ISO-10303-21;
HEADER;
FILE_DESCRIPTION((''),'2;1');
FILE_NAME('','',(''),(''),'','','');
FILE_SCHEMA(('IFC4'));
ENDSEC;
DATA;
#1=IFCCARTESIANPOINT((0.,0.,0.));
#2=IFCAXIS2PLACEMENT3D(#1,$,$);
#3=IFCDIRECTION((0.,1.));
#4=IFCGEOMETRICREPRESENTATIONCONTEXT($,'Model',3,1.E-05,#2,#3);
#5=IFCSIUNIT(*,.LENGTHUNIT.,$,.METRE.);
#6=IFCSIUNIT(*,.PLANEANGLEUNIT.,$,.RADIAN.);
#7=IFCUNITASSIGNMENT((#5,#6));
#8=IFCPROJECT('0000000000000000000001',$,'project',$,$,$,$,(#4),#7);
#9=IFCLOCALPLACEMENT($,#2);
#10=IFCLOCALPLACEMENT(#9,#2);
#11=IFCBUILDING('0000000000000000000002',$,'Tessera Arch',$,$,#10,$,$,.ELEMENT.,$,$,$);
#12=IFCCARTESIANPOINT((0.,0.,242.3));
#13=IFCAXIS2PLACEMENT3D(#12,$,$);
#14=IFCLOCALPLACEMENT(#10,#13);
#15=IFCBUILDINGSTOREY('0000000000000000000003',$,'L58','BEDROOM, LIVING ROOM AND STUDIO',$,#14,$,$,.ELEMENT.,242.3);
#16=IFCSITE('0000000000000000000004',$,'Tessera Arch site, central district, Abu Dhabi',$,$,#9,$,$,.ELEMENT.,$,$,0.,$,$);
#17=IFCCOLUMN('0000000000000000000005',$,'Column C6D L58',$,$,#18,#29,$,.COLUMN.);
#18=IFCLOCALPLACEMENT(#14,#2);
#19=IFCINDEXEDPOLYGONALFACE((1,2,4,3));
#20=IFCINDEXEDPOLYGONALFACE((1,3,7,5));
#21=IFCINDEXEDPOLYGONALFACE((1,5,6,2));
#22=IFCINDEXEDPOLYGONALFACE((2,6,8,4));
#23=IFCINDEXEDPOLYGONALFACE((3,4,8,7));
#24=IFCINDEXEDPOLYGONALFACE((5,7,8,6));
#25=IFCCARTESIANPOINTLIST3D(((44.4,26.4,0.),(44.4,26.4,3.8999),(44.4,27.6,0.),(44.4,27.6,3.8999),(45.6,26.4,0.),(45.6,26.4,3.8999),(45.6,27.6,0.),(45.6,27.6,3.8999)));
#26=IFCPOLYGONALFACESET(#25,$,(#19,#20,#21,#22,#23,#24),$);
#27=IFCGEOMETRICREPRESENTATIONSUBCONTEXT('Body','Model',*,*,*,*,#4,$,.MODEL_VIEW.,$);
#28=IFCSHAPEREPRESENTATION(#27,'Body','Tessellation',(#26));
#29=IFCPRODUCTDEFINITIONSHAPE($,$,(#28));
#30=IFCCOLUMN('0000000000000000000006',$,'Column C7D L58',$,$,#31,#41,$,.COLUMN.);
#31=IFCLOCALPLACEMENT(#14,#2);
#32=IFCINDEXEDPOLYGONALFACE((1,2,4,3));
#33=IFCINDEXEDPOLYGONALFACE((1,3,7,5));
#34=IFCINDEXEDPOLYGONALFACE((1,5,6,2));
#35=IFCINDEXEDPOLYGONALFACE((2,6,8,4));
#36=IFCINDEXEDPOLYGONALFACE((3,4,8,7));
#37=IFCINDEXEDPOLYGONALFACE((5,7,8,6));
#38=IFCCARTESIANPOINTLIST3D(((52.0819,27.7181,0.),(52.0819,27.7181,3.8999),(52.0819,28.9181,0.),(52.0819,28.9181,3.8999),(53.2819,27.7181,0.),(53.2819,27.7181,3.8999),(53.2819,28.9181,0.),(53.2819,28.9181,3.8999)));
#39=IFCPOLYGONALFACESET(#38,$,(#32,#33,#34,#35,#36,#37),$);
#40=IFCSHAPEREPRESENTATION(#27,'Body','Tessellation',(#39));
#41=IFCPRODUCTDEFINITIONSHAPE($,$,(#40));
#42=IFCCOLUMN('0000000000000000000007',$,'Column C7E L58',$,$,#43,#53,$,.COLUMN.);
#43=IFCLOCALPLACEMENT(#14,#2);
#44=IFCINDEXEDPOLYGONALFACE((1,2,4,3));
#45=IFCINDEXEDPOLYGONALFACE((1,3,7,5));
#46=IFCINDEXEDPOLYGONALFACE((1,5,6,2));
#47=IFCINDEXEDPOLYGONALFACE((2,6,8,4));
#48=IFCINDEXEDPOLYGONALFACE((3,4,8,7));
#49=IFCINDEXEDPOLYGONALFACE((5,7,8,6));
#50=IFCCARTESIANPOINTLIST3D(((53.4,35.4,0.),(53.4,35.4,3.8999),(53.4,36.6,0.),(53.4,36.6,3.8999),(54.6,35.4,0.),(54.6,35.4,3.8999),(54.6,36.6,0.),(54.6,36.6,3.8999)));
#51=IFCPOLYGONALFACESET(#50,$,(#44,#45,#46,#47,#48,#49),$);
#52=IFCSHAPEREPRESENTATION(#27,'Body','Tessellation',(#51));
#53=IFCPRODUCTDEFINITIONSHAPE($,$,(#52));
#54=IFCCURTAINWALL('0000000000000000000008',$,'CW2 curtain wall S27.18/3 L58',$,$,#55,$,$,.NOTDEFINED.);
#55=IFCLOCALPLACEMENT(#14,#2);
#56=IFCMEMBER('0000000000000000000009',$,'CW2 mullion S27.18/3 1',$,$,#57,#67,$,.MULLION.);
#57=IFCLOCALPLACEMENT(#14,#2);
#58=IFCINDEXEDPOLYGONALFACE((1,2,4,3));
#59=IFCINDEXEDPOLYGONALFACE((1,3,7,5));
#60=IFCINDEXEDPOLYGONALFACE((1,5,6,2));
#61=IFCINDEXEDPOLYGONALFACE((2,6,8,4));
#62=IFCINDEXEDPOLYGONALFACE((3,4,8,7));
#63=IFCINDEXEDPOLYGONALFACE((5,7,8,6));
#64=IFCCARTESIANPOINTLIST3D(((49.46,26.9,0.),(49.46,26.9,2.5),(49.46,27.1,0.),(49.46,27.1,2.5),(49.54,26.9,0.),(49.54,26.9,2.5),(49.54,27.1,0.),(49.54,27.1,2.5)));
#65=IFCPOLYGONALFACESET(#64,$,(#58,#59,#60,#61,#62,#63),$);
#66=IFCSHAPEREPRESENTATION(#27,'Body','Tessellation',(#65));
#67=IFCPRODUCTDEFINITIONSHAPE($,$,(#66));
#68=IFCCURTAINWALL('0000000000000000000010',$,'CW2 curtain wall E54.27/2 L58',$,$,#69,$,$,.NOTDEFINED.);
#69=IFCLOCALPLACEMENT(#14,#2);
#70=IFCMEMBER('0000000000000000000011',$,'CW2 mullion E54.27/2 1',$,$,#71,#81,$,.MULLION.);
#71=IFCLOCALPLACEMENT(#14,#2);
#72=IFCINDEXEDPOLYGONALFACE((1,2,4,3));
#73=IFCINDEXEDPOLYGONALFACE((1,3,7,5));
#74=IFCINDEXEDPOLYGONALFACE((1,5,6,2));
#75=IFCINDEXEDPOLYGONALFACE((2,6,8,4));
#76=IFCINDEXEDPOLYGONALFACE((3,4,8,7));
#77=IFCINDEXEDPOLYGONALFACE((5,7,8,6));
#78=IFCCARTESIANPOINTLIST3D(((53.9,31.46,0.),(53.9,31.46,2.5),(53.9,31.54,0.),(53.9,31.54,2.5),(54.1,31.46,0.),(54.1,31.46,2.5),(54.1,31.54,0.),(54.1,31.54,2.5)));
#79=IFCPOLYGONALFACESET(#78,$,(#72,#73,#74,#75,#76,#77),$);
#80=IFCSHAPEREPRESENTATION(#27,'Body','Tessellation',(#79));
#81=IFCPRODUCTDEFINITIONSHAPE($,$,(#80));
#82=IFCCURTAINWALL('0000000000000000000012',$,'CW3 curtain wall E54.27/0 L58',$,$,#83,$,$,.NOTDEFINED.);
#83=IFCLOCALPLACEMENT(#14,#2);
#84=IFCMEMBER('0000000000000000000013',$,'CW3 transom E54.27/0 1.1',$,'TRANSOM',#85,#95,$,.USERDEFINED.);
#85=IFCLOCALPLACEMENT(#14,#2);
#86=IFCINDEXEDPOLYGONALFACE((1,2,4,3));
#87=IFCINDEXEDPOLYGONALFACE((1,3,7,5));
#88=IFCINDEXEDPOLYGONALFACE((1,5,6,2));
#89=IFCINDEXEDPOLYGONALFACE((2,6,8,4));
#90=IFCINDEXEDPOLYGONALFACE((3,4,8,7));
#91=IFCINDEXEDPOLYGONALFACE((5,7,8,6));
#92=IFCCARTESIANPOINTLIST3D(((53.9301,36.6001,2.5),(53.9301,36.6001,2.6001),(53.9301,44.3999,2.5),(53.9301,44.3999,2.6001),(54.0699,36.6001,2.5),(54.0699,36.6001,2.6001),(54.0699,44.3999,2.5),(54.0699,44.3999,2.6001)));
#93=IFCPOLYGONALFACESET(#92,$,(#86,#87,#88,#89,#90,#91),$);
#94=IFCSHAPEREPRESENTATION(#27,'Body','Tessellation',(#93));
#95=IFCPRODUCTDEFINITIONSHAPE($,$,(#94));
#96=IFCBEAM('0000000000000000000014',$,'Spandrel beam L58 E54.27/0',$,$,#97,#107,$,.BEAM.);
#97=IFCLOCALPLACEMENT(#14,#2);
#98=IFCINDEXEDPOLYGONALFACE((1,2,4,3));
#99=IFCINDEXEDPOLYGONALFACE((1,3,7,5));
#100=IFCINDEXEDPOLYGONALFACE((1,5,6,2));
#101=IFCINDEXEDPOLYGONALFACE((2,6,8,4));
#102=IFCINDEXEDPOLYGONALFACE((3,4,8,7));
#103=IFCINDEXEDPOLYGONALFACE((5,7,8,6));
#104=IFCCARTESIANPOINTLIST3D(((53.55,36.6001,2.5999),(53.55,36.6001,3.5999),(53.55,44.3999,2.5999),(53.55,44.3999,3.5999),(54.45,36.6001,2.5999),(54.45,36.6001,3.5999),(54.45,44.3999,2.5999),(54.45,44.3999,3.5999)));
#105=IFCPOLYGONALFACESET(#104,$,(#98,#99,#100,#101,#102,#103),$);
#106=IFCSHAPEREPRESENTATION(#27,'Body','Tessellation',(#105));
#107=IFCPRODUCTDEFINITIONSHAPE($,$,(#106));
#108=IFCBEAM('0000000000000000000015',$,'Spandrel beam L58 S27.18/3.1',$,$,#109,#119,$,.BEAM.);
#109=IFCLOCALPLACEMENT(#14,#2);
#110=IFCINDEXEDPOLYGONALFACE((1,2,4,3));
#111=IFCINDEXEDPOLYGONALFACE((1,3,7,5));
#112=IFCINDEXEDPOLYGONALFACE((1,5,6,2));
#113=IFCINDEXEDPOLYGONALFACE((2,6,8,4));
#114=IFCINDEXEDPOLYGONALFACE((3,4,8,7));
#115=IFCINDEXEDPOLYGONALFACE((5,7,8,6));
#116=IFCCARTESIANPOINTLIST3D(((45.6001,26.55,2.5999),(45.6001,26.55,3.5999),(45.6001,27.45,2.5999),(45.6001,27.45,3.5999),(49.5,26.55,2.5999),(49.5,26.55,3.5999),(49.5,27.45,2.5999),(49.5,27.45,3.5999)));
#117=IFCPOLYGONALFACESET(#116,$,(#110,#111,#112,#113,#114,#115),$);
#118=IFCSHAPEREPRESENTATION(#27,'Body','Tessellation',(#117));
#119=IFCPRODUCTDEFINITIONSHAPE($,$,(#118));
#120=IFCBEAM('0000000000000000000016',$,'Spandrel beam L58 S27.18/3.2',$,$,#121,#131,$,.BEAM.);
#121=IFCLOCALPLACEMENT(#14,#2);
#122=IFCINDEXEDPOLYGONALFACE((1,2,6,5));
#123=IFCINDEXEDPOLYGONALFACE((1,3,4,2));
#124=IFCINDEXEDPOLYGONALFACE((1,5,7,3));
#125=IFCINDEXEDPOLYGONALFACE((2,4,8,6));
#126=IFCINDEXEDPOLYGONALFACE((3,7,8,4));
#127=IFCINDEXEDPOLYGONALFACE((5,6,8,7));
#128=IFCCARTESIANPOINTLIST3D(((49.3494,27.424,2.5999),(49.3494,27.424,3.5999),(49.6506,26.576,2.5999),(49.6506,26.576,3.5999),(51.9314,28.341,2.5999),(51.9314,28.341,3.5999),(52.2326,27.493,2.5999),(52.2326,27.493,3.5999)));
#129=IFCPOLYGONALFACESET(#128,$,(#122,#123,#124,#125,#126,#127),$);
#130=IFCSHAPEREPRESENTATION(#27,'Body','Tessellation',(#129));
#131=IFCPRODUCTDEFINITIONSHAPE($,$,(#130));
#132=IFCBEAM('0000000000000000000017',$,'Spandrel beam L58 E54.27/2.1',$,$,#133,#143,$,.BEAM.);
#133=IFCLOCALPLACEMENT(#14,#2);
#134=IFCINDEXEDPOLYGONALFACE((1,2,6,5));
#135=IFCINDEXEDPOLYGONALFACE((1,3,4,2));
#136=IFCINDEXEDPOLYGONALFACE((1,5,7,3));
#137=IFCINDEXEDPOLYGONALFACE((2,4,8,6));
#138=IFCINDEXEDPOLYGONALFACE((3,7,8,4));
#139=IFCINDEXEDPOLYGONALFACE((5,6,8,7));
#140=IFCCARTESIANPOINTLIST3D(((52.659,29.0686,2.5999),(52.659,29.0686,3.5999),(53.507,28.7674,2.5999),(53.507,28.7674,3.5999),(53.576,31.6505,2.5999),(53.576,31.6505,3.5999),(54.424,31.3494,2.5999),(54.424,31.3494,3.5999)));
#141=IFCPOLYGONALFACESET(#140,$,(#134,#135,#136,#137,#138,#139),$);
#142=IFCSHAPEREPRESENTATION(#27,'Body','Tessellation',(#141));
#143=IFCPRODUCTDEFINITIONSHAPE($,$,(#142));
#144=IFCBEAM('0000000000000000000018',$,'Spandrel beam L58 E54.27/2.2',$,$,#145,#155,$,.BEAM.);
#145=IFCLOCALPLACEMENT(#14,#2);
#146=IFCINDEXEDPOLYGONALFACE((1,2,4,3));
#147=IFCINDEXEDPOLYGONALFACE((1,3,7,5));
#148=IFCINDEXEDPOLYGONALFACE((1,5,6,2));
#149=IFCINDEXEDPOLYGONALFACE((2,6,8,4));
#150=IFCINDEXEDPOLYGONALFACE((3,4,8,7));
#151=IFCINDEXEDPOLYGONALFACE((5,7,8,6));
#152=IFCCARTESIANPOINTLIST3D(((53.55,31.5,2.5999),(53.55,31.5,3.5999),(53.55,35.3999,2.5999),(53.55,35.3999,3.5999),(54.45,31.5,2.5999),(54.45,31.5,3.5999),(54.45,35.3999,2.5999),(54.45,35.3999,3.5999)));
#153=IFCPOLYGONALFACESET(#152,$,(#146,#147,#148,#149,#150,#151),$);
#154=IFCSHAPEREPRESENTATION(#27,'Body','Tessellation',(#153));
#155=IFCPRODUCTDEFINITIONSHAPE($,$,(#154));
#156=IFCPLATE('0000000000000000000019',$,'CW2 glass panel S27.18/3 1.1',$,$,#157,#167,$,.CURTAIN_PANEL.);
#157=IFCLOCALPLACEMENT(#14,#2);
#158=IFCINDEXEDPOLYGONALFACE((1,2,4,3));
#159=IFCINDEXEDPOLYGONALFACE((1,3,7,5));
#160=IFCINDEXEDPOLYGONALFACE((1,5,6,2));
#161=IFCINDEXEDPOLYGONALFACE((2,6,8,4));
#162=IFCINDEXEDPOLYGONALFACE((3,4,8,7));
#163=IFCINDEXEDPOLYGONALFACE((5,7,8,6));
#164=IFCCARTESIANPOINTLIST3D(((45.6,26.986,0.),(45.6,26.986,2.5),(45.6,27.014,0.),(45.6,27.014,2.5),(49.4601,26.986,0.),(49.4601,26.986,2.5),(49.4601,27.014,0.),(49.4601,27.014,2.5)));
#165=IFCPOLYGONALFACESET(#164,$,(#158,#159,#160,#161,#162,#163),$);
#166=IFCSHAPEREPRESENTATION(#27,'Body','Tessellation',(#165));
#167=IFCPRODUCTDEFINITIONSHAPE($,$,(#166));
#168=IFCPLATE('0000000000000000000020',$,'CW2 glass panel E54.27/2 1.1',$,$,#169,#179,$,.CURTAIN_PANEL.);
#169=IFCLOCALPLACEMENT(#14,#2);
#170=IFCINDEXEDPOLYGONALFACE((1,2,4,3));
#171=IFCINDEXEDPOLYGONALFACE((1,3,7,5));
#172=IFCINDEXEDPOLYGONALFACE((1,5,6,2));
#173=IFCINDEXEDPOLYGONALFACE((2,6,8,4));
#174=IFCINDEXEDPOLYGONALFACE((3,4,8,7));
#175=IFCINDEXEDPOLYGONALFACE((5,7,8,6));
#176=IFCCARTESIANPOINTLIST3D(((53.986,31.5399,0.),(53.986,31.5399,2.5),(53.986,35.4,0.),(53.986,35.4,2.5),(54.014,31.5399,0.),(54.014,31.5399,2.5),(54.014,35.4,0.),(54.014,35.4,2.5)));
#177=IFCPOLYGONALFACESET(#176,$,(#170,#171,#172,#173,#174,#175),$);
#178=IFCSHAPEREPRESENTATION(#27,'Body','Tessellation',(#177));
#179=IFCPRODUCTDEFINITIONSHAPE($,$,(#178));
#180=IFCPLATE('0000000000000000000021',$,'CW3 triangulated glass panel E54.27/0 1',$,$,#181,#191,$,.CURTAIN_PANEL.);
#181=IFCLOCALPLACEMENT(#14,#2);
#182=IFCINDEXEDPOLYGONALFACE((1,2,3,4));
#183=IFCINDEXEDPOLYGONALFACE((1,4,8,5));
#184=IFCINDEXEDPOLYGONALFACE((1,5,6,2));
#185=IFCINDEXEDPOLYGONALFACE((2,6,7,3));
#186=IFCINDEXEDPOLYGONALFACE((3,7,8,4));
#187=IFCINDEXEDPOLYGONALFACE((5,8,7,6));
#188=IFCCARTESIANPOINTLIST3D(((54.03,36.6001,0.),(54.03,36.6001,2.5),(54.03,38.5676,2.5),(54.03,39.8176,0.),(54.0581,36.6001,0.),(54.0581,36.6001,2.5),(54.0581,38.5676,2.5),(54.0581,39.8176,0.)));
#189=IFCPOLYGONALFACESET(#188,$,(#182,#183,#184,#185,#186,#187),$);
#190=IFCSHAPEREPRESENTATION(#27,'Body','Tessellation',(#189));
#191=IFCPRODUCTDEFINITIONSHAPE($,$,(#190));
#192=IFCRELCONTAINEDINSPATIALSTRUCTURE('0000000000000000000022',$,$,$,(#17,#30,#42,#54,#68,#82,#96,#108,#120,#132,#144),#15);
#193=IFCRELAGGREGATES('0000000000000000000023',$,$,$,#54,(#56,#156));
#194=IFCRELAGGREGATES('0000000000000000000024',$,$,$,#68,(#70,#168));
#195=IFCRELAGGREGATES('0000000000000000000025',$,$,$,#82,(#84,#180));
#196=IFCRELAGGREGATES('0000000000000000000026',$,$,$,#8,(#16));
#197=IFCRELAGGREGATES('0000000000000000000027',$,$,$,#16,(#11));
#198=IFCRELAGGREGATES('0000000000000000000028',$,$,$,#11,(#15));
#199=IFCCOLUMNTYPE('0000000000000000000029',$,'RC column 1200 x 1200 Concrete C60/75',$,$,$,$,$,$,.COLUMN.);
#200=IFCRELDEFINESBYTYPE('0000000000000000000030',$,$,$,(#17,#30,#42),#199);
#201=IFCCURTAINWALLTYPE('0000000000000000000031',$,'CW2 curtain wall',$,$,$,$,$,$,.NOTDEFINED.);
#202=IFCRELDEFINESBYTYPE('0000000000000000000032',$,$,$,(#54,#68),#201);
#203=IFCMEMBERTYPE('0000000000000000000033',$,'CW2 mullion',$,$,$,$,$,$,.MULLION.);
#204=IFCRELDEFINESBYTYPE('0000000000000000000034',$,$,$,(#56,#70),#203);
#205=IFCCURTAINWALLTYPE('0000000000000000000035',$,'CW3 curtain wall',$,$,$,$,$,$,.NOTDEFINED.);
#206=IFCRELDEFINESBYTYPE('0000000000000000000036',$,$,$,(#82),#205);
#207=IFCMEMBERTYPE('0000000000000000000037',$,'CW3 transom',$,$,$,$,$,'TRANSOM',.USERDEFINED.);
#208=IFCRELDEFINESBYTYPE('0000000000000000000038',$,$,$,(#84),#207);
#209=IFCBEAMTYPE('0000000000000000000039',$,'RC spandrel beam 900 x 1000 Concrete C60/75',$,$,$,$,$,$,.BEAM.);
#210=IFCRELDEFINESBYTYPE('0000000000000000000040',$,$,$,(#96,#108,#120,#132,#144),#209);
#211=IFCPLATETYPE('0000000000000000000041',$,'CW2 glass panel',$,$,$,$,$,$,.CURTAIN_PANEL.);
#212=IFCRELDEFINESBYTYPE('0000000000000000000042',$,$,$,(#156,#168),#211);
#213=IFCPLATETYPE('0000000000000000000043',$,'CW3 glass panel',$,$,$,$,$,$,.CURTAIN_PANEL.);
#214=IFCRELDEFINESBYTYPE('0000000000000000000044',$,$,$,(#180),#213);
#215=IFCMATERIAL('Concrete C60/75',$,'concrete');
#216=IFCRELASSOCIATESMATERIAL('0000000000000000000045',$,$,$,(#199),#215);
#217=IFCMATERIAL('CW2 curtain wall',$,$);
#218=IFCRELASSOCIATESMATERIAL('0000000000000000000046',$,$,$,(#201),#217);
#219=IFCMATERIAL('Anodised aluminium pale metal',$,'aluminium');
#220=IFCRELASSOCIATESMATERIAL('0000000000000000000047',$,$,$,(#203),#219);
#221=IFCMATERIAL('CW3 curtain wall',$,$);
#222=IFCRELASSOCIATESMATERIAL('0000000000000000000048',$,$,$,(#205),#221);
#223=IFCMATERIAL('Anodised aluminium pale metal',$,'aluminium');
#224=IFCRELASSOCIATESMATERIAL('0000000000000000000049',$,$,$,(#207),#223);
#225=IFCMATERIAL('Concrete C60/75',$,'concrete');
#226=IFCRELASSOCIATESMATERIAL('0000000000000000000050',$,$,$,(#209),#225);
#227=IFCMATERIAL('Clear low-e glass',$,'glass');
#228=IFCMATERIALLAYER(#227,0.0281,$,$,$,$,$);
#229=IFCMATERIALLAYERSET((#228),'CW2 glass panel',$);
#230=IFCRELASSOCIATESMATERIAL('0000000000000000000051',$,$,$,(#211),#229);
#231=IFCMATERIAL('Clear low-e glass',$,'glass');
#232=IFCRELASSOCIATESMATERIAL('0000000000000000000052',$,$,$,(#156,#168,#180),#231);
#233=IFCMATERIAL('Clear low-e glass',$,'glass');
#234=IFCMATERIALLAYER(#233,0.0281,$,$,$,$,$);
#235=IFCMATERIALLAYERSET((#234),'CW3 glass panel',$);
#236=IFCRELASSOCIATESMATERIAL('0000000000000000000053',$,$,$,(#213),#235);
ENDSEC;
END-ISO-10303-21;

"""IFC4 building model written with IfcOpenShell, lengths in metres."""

from ifc_helpers import new_model, si_unit, direction, frame, origin, origin_2d, place, context, subcontext, project, spatial, polyline, rectangle, outline, extrude, material, layer, layer_set, material_profile, profile_set, type_object, element, aggregate, save


model = new_model("IFC4")

# Units and contexts
model_context = context("Model", 3, precision=1e-05, world=origin(), true_north=direction((0.0, 1.0)))
body_context = subcontext(model_context, "Body", "Model", "MODEL_VIEW")
ifc_project = project(units=[si_unit("LENGTHUNIT", "METRE"), si_unit("PLANEANGLEUNIT", "RADIAN")], contexts=[model_context])

# Site, building, storey
site_placement = place(None, origin())
site = spatial("IfcSite", under=ifc_project, at=site_placement, Name="Tessera Arch site, central district, Abu Dhabi", CompositionType="ELEMENT", RefElevation=0.0)
building_placement = place(site_placement, origin())
building = spatial("IfcBuilding", under=site, at=building_placement, Name="Tessera Arch", CompositionType="ELEMENT")
storey_placement = place(building_placement, frame((0.0, 0.0, 242.3)))
storey = spatial("IfcBuildingStorey", under=building, at=storey_placement, Name="L58", Description="BEDROOM, LIVING ROOM AND STUDIO", CompositionType="ELEMENT", Elevation=242.3)

# Columns
ifc_material_1 = material(Name="Concrete C60/75", Category="concrete")
ifc_material_profile_1 = material_profile(ifc_material_1, rectangle(XDim=1.2, YDim=1.2, at=origin_2d()), Name="RC column 1200 x 1200 Concrete C60/75")
ifc_profile_set_1 = profile_set([ifc_material_profile_1], Name="Concrete C60/75")
column_type = type_object("IfcColumnType", Name="RC column 1200 x 1200 Concrete C60/75", PredefinedType="COLUMN", material=ifc_profile_set_1)
for number, where, z_axis, x_axis, name in (
    (1, (45.0, 27.0, 0.0), (0.0, 0.0, 1.0), (1.0, 0.0, 0.0), "Column C6D L58"),
    (2, (52.6819, 28.3181, 0.0), (0.0, 0.0, 1.0), (1.0, 0.0, 0.0), "Column C7D L58"),
    (3, (54.0, 36.0, 0.0), (0.0, 0.0, 1.0), (1.0, 0.0, 0.0), "Column C7E L58"),
):
    element("IfcColumn", number, at=place(storey_placement, frame(where, z_axis=z_axis, x_axis=x_axis)), inside=storey, type_object=column_type, Name=name, PredefinedType="COLUMN", context=body_context, shape_type="SweptSolid", body=[
        extrude(rectangle(XDim=1.2, YDim=1.2, at=origin_2d()), origin(), (0.0, 0.0, 1.0), 3.8999),
    ])

# Curtain walls, members
ifc_material_2 = material(Name="CW2 curtain wall")
curtain_wall_type_1 = type_object("IfcCurtainWallType", Name="CW2 curtain wall", PredefinedType="NOTDEFINED", material=ifc_material_2)
curtain_wall_1_placement = place(storey_placement, origin())
curtain_wall_1 = element("IfcCurtainWall", 4, at=curtain_wall_1_placement, inside=storey, type_object=curtain_wall_type_1, Name="CW2 curtain wall S27.18/3 L58", PredefinedType="NOTDEFINED")
ifc_material_3 = material(Name="Anodised aluminium pale metal", Category="aluminium")
ifc_material_profile_2 = material_profile(ifc_material_3, rectangle(XDim=0.2, YDim=0.0801, at=origin_2d()), Name="AL 80x200")
ifc_profile_set_2 = profile_set([ifc_material_profile_2], Name="Anodised aluminium pale metal")
member_type_1 = type_object("IfcMemberType", Name="CW2 mullion", PredefinedType="MULLION", material=ifc_profile_set_2)
member_1_placement = place(storey_placement, frame((49.5, 27.0, 0.0), z_axis=(0.0, 0.0, 1.0), x_axis=(0.0, 1.0, 0.0)))
member_1 = element("IfcMember", 5, at=member_1_placement, type_object=member_type_1, Name="CW2 mullion S27.18/3 1", PredefinedType="MULLION", context=body_context, shape_type="SweptSolid", body=[
    extrude(rectangle(XDim=0.2, YDim=0.0801, at=origin_2d()), origin(), (0.0, 0.0, 1.0), 2.5),
])
curtain_wall_2_placement = place(storey_placement, origin())
curtain_wall_2 = element("IfcCurtainWall", 6, at=curtain_wall_2_placement, inside=storey, type_object=curtain_wall_type_1, Name="CW2 curtain wall E54.27/2 L58", PredefinedType="NOTDEFINED")
member_2_placement = place(storey_placement, frame((54.0, 31.5, 0.0), z_axis=(0.0, 0.0, 1.0), x_axis=(-1.0, 0.0, 0.0)))
member_2 = element("IfcMember", 7, at=member_2_placement, type_object=member_type_1, Name="CW2 mullion E54.27/2 1", PredefinedType="MULLION", context=body_context, shape_type="SweptSolid", body=[
    extrude(rectangle(XDim=0.2, YDim=0.0801, at=origin_2d()), origin(), (0.0, 0.0, 1.0), 2.5),
])
ifc_material_4 = material(Name="CW3 curtain wall")
curtain_wall_type_2 = type_object("IfcCurtainWallType", Name="CW3 curtain wall", PredefinedType="NOTDEFINED", material=ifc_material_4)
curtain_wall_3_placement = place(storey_placement, origin())
curtain_wall_3 = element("IfcCurtainWall", 8, at=curtain_wall_3_placement, inside=storey, type_object=curtain_wall_type_2, Name="CW3 curtain wall E54.27/0 L58", PredefinedType="NOTDEFINED")
ifc_material_5 = material(Name="Anodised aluminium pale metal", Category="aluminium")
ifc_material_profile_3 = material_profile(ifc_material_5, rectangle(XDim=0.1399, YDim=0.1001, at=origin_2d()), Name="AL 140x100")
ifc_profile_set_3 = profile_set([ifc_material_profile_3], Name="Anodised aluminium pale metal")
member_type_2 = type_object("IfcMemberType", Name="CW3 transom", ElementType="TRANSOM", PredefinedType="USERDEFINED", material=ifc_profile_set_3)
member_3_placement = place(storey_placement, frame((54.0, 36.6001, 2.55), z_axis=(0.0, 1.0, 0.0), x_axis=(-1.0, 0.0, 0.0)))
member_3 = element("IfcMember", 9, at=member_3_placement, type_object=member_type_2, Name="CW3 transom E54.27/0 1.1", ObjectType="TRANSOM", PredefinedType="USERDEFINED", context=body_context, shape_type="SweptSolid", body=[
    extrude(rectangle(XDim=0.1399, YDim=0.1001, at=origin_2d()), origin(), (0.0, 0.0, 1.0), 7.7998),
])

# Beams
ifc_material_6 = material(Name="Concrete C60/75", Category="concrete")
ifc_material_profile_4 = material_profile(ifc_material_6, rectangle(XDim=0.8999, YDim=1.0, at=origin_2d()), Name="RC spandrel beam 900 x 1000 Concrete C60/75")
ifc_profile_set_4 = profile_set([ifc_material_profile_4], Name="Concrete C60/75")
beam_type = type_object("IfcBeamType", Name="RC spandrel beam 900 x 1000 Concrete C60/75", PredefinedType="BEAM", material=ifc_profile_set_4)
beam_1_placement = place(storey_placement, frame((54.0, 36.6001, 3.0999), z_axis=(0.0, 1.0, 0.0), x_axis=(-1.0, 0.0, 0.0)))
element("IfcBeam", 10, at=beam_1_placement, inside=storey, type_object=beam_type, Name="Spandrel beam L58 E54.27/0", PredefinedType="BEAM", context=body_context, shape_type="SweptSolid", body=[
    extrude(rectangle(XDim=0.8999, YDim=1.0, at=origin_2d()), origin(), (0.0, 0.0, 1.0), 7.7998),
])
beam_2_placement = place(storey_placement, frame((45.6001, 27.0, 3.0999), z_axis=(1.0, 0.0, 0.0), x_axis=(0.0, 1.0, 0.0)))
element("IfcBeam", 11, at=beam_2_placement, inside=storey, type_object=beam_type, Name="Spandrel beam L58 S27.18/3.1", PredefinedType="BEAM", context=body_context, shape_type="SweptSolid", body=[
    extrude(rectangle(XDim=0.8999, YDim=1.0, at=origin_2d()), origin(), (0.0, 0.0, 1.0), 3.8999),
])
for number, where, z_axis, x_axis, name in (
    (12, (49.5, 27.0, 3.0999), (0.942337, 0.334665, 0.0), (-0.334665, 0.942337, 0.0), "Spandrel beam L58 S27.18/3.2"),
    (13, (53.083, 28.918, 3.0999), (0.334665, 0.942337, 0.0), (-0.942337, 0.334665, 0.0), "Spandrel beam L58 E54.27/2.1"),
):
    element("IfcBeam", number, at=place(storey_placement, frame(where, z_axis=z_axis, x_axis=x_axis)), inside=storey, type_object=beam_type, Name=name, PredefinedType="BEAM", context=body_context, shape_type="SweptSolid", body=[
        extrude(rectangle(XDim=0.8999, YDim=1.0, at=origin_2d()), origin(), (0.0, 0.0, 1.0), 2.74),
    ])
beam_3_placement = place(storey_placement, frame((54.0, 31.5, 3.0999), z_axis=(0.0, 1.0, 0.0), x_axis=(-1.0, 0.0, 0.0)))
element("IfcBeam", 14, at=beam_3_placement, inside=storey, type_object=beam_type, Name="Spandrel beam L58 E54.27/2.2", PredefinedType="BEAM", context=body_context, shape_type="SweptSolid", body=[
    extrude(rectangle(XDim=0.8999, YDim=1.0, at=origin_2d()), origin(), (0.0, 0.0, 1.0), 3.8999),
])

# Plates
ifc_material_7 = material(Name="Clear low-e glass", Category="glass")
ifc_material_8 = material(Name="Clear low-e glass", Category="glass")
ifc_layer_1 = layer(ifc_material_8, 0.0281)
ifc_layer_set_1 = layer_set([ifc_layer_1], Name="CW2 glass panel")
plate_type_1 = type_object("IfcPlateType", Name="CW2 glass panel", PredefinedType="CURTAIN_PANEL", material=ifc_layer_set_1)
plate_1_placement = place(storey_placement, frame((47.53, 27.0, 0.0), z_axis=(0.0, 0.0, 1.0), x_axis=(1.0, 0.0, 0.0)))
plate_1 = element("IfcPlate", 15, at=plate_1_placement, type_object=plate_type_1, material=ifc_material_7, Name="CW2 glass panel S27.18/3 1.1", PredefinedType="CURTAIN_PANEL", context=body_context, shape_type="SweptSolid", body=[
    extrude(rectangle(XDim=3.8601, YDim=0.0281, at=origin_2d()), origin(), (0.0, 0.0, 1.0), 2.5),
])
aggregate(curtain_wall_1, [member_1, plate_1])
plate_2_placement = place(storey_placement, frame((54.0, 33.47, 0.0), z_axis=(0.0, 0.0, 1.0), x_axis=(0.0, 1.0, 0.0)))
plate_2 = element("IfcPlate", 16, at=plate_2_placement, type_object=plate_type_1, material=ifc_material_7, Name="CW2 glass panel E54.27/2 1.1", PredefinedType="CURTAIN_PANEL", context=body_context, shape_type="SweptSolid", body=[
    extrude(rectangle(XDim=3.8601, YDim=0.0281, at=origin_2d()), origin(), (0.0, 0.0, 1.0), 2.5),
])
aggregate(curtain_wall_2, [member_2, plate_2])
ifc_material_9 = material(Name="Clear low-e glass", Category="glass")
ifc_layer_2 = layer(ifc_material_9, 0.0281)
ifc_layer_set_2 = layer_set([ifc_layer_2], Name="CW3 glass panel")
plate_type_2 = type_object("IfcPlateType", Name="CW3 glass panel", PredefinedType="CURTAIN_PANEL", material=ifc_layer_set_2)
plate_3_placement = place(storey_placement, frame((54.0581, 36.6001, 0.0), z_axis=(1.0, 0.0, 0.0), x_axis=(0.0, 1.0, 0.0)))
plate_3 = element("IfcPlate", 17, at=plate_3_placement, type_object=plate_type_2, material=ifc_material_7, Name="CW3 triangulated glass panel E54.27/0 1", PredefinedType="CURTAIN_PANEL", context=body_context, shape_type="SweptSolid", body=[
    extrude(outline(polyline([(0.0, 0.0), (3.2175, 0.0), (1.9675, 2.5), (0.0, 2.5), (0.0, 0.0)])), origin(), (0.0, 0.0, -1.0), 0.0281),
])
aggregate(curtain_wall_3, [member_3, plate_3])

save(model, "model.ifc")
